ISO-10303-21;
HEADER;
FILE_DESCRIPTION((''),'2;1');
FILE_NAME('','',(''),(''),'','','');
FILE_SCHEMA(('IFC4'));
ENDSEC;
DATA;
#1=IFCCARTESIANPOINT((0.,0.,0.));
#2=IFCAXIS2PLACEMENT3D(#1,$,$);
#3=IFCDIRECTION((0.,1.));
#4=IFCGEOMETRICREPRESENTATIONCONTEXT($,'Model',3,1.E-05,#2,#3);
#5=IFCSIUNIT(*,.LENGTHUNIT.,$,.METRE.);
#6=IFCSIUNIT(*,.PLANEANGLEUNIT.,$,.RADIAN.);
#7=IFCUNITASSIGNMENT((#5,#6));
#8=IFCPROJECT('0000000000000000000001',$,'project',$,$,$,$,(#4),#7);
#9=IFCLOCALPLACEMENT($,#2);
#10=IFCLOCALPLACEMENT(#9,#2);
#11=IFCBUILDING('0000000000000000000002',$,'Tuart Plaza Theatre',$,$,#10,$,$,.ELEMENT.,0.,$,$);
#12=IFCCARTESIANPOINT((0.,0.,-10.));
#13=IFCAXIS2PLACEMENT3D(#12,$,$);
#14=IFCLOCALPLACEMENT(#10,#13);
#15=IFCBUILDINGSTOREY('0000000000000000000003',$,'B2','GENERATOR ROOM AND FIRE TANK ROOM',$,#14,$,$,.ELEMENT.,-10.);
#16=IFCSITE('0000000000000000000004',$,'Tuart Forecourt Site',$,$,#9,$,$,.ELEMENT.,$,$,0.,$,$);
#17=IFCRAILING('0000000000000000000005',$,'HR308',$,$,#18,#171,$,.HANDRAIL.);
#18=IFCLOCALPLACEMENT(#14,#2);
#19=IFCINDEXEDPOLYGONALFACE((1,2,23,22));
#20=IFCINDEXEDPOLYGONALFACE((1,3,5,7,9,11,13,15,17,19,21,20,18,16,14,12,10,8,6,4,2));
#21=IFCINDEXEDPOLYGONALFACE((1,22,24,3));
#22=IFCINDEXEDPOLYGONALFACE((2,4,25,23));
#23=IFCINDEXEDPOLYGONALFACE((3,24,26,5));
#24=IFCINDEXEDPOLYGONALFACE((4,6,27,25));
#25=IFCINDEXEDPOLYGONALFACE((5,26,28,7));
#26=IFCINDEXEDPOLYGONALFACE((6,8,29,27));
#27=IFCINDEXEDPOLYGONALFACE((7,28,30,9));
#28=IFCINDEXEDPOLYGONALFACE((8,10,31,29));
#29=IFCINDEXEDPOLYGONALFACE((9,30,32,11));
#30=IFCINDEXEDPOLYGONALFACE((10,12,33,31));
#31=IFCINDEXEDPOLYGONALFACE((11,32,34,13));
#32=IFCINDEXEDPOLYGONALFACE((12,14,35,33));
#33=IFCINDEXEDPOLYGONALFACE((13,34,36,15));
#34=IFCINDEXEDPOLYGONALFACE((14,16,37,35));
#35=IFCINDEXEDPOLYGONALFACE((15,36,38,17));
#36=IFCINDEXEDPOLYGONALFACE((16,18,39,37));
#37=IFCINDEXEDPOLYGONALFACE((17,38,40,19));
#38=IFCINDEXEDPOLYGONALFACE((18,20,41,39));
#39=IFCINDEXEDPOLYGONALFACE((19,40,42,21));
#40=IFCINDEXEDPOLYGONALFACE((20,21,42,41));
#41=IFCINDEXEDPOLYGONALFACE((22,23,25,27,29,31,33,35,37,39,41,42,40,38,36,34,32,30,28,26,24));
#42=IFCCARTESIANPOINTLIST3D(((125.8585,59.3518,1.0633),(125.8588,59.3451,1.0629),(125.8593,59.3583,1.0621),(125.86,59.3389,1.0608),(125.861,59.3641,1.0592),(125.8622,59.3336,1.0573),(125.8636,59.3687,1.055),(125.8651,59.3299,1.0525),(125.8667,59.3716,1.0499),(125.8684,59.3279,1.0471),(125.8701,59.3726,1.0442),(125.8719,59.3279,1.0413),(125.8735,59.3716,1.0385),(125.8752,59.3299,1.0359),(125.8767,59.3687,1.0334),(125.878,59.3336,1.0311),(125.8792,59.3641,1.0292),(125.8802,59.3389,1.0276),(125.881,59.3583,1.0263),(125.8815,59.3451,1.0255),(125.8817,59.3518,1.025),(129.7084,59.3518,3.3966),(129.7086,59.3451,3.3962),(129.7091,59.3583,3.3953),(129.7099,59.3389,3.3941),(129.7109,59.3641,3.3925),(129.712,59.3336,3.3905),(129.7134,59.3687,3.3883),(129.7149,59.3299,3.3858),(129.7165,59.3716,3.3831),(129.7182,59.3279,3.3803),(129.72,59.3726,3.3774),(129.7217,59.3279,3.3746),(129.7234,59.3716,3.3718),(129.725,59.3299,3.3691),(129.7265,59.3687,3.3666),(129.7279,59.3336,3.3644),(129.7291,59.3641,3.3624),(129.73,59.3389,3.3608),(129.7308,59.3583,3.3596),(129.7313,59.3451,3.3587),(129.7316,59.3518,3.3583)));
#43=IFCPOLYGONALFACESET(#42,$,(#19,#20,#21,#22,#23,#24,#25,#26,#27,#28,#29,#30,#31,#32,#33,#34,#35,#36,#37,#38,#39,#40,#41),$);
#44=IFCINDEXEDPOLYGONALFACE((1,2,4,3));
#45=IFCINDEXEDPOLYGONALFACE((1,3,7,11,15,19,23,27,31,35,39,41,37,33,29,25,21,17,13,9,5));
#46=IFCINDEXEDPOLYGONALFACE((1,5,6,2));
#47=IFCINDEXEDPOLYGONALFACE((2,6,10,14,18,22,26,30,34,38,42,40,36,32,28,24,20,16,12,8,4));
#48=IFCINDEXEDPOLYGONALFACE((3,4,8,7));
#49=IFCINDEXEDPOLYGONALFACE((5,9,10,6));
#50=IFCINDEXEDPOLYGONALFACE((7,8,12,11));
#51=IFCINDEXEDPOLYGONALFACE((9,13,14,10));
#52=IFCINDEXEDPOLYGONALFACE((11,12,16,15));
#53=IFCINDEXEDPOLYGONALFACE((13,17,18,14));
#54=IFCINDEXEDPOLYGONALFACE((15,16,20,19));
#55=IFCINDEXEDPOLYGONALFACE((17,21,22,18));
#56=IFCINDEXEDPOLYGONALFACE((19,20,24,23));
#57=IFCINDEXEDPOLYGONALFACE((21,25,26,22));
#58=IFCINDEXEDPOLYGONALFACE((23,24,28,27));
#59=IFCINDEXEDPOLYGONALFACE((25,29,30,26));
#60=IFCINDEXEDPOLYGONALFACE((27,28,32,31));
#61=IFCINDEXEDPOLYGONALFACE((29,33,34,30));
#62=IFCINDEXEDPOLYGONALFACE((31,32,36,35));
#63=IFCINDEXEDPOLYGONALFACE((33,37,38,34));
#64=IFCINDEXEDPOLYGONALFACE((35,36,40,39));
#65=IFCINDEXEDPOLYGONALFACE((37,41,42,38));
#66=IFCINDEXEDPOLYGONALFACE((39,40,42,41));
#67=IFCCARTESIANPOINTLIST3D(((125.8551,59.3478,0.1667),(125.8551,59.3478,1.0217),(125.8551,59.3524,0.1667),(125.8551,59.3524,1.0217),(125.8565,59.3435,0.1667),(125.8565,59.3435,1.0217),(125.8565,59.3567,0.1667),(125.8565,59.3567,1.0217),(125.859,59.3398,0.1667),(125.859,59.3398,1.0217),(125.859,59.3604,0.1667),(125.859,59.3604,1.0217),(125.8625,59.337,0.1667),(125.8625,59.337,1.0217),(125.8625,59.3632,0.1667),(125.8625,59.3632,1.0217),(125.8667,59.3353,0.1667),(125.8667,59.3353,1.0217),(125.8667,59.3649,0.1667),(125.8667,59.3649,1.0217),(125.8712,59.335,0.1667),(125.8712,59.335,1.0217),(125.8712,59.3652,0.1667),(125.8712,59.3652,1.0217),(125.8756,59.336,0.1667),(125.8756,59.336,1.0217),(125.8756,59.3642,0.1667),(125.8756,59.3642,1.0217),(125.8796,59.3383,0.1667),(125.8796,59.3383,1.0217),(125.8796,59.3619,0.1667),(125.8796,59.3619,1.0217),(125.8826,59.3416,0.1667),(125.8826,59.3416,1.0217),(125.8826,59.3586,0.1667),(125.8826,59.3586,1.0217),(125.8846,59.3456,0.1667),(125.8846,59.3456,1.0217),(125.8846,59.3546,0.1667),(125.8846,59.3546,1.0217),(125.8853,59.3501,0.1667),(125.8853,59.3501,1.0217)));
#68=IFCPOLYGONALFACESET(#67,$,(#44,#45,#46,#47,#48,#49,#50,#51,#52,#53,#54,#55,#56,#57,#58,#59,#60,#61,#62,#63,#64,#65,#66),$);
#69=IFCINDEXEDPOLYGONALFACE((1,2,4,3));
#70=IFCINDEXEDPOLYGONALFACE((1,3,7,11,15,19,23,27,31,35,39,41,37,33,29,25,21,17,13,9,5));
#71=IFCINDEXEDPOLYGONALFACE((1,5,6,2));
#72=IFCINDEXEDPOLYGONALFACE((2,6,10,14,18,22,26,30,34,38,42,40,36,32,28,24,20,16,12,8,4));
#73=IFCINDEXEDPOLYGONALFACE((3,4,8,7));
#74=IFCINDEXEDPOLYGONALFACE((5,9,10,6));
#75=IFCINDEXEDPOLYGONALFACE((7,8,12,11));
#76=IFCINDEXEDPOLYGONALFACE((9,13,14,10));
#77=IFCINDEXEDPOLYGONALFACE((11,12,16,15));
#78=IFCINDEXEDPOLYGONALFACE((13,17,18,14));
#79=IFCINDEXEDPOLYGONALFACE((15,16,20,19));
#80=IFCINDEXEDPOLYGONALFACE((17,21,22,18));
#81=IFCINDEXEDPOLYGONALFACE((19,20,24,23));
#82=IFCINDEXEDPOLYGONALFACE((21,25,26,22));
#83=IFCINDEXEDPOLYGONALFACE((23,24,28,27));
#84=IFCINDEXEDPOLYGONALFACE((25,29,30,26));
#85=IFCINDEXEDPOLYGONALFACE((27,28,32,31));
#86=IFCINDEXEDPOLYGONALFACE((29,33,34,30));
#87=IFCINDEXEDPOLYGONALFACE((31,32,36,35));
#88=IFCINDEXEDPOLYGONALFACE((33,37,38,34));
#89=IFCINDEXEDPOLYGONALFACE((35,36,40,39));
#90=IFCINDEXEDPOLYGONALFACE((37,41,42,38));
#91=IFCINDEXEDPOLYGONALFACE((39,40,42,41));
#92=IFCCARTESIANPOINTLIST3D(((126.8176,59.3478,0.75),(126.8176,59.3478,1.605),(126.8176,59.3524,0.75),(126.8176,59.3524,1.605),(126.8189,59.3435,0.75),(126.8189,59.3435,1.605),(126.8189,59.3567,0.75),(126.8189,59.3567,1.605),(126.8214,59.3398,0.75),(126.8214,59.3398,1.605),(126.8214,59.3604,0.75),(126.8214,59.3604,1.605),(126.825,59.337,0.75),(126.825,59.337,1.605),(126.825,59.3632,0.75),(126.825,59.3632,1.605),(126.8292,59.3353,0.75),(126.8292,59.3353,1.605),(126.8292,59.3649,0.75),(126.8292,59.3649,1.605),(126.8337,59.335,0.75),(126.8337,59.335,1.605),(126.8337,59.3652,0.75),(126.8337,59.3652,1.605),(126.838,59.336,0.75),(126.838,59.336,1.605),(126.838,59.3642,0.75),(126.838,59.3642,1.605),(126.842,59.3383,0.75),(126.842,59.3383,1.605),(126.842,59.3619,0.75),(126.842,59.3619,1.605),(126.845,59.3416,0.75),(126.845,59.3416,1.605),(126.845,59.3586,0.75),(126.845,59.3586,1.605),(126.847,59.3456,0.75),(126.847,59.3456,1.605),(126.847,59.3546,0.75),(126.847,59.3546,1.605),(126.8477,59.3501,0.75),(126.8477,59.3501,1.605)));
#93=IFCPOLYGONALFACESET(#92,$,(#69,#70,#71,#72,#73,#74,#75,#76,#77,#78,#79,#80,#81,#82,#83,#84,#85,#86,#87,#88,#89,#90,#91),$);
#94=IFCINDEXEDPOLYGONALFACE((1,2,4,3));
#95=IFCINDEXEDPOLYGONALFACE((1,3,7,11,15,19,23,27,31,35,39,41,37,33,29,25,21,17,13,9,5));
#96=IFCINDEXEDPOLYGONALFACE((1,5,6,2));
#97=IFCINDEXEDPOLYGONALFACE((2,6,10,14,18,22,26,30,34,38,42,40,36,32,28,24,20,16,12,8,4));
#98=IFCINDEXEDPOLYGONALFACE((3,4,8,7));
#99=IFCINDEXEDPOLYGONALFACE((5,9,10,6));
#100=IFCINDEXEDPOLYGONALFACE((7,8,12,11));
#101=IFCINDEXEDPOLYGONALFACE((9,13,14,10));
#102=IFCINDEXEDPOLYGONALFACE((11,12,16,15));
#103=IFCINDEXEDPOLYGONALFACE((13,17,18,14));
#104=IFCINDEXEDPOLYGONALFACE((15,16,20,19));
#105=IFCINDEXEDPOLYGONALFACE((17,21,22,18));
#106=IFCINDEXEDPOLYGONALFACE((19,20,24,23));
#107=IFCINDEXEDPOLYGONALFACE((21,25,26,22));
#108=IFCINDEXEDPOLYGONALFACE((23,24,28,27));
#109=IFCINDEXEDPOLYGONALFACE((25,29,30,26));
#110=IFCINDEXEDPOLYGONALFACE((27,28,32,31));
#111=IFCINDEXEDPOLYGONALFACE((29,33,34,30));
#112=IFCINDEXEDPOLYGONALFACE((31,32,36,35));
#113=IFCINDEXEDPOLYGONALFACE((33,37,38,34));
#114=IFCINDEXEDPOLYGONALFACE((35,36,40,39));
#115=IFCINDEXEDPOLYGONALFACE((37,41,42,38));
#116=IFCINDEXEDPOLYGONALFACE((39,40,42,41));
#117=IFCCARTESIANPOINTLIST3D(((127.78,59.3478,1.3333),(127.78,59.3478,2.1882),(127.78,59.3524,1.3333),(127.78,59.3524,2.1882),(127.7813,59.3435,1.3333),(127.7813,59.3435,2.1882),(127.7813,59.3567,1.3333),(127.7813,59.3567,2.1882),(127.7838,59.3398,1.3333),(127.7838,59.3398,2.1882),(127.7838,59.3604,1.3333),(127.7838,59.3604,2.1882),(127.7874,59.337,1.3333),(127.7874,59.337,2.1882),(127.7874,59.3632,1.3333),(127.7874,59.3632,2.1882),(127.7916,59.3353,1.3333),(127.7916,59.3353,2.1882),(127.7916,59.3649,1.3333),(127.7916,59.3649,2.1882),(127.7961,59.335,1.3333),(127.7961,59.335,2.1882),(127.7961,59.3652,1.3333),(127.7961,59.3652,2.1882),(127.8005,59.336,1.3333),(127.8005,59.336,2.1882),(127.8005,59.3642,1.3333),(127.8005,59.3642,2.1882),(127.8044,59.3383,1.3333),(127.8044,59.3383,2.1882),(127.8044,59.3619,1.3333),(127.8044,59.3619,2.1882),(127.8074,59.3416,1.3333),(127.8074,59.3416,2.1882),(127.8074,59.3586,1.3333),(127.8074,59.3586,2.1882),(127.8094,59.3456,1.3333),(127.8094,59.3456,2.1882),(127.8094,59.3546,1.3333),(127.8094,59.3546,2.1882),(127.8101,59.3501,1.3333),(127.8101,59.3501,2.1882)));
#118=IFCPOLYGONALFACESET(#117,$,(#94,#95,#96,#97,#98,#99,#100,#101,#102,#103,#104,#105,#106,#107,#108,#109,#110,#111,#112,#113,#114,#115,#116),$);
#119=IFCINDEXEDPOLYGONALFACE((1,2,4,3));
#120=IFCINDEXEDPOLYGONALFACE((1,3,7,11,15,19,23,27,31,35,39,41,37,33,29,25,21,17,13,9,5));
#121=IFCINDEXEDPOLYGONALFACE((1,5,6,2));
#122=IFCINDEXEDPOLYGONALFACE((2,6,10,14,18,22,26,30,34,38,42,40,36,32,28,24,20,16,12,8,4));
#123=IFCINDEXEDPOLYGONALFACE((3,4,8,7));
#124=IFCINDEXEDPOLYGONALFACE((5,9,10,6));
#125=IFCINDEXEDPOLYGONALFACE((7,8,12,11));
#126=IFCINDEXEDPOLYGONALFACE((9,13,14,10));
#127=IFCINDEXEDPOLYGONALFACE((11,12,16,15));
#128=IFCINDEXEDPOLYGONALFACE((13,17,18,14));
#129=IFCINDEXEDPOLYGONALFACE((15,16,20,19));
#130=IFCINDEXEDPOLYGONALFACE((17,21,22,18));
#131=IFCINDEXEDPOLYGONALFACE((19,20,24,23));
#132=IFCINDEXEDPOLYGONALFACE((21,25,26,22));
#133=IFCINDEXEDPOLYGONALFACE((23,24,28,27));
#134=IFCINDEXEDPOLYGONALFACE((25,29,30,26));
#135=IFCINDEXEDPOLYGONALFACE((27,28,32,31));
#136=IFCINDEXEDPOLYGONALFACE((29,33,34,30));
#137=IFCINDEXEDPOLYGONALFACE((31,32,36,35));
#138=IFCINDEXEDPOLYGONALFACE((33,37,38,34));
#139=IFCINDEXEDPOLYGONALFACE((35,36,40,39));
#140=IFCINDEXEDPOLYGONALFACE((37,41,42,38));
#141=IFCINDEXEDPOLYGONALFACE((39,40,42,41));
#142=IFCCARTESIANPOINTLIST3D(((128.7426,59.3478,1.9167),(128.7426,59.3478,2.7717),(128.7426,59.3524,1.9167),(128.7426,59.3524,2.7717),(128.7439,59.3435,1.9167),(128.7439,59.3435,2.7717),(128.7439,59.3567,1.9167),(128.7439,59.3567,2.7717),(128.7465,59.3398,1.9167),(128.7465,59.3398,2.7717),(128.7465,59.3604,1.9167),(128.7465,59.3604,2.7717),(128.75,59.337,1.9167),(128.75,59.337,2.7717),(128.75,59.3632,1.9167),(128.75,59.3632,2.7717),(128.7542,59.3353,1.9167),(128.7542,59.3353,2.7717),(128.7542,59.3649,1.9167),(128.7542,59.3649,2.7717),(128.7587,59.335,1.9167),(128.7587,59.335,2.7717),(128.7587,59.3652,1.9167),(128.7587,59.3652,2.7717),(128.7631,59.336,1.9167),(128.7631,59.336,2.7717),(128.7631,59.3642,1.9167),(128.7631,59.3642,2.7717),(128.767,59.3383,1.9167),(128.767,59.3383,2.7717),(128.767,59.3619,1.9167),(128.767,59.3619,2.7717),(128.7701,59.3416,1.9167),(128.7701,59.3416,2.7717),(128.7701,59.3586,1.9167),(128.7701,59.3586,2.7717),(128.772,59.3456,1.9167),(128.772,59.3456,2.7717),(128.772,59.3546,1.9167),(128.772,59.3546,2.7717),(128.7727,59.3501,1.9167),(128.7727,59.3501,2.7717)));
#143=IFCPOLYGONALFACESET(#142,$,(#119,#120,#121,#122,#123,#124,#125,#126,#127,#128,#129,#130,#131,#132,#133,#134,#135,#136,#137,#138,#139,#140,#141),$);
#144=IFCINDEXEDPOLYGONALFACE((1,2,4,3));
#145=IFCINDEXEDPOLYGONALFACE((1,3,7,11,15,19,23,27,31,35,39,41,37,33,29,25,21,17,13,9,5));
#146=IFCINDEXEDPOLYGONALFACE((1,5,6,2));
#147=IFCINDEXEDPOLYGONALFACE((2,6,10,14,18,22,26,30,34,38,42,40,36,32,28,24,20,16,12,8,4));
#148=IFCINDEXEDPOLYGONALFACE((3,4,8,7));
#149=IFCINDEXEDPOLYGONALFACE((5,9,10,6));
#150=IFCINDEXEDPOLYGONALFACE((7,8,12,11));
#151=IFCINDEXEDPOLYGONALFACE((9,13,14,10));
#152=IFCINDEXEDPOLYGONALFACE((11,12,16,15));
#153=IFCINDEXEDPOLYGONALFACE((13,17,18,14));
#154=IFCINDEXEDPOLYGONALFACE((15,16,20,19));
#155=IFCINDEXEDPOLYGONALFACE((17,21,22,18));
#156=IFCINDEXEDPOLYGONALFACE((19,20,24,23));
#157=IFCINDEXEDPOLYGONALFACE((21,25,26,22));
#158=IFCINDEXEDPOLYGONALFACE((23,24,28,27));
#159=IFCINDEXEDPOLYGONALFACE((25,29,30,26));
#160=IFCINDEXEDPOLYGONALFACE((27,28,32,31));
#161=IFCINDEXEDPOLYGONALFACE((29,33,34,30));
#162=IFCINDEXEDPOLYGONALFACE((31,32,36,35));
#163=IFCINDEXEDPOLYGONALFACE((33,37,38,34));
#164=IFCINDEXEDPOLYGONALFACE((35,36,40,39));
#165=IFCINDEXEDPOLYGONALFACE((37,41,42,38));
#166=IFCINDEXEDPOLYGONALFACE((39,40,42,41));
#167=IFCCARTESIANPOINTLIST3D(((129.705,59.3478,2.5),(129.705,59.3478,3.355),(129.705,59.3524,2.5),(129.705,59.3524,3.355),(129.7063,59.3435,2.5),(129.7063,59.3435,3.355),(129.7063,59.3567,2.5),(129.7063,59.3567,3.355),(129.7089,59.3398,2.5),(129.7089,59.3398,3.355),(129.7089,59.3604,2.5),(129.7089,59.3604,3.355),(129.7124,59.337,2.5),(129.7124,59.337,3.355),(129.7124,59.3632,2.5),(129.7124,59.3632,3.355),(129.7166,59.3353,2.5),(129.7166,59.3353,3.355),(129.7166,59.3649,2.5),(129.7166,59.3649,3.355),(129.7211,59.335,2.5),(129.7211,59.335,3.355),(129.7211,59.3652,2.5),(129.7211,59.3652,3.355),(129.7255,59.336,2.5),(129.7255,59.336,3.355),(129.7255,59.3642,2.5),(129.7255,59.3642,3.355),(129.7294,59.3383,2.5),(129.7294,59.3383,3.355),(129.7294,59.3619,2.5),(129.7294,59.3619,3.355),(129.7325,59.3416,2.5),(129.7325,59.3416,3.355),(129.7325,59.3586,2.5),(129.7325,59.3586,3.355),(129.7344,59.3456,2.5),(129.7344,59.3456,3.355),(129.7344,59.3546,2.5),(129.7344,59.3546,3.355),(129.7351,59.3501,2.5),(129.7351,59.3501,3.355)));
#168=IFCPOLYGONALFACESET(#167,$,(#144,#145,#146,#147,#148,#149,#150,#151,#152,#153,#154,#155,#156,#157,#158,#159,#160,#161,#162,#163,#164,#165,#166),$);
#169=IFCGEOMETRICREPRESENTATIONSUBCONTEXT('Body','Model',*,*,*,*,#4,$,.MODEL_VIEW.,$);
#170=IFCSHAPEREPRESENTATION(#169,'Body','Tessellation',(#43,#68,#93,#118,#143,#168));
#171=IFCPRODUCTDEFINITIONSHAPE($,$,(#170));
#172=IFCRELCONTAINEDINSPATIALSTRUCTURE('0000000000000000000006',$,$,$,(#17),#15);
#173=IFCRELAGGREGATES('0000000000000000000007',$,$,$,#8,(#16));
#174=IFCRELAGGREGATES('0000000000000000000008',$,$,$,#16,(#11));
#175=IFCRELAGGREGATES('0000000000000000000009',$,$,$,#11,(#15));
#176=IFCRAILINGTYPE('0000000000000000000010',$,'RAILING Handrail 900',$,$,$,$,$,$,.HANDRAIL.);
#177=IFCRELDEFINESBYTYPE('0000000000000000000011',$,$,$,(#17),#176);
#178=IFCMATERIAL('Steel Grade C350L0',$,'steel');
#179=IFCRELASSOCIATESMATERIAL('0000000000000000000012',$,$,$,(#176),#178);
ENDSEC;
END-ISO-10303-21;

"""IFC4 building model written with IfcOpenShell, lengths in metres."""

from ifc_helpers import new_model, si_unit, direction, frame, origin, origin_2d, place, context, subcontext, project, spatial, circle, extrude, material, type_object, element, save


model = new_model("IFC4")

# Units and contexts
model_context = context("Model", 3, precision=1e-05, world=origin(), true_north=direction((0.0, 1.0)))
body_context = subcontext(model_context, "Body", "Model", "MODEL_VIEW")
ifc_project = project(units=[si_unit("LENGTHUNIT", "METRE"), si_unit("PLANEANGLEUNIT", "RADIAN")], contexts=[model_context])

# Site, building, storey
site_placement = place(None, origin())
site = spatial("IfcSite", under=ifc_project, at=site_placement, Name="Tuart Forecourt Site", CompositionType="ELEMENT", RefElevation=0.0)
building_placement = place(site_placement, origin())
building = spatial("IfcBuilding", under=site, at=building_placement, Name="Tuart Plaza Theatre", CompositionType="ELEMENT", ElevationOfRefHeight=0.0)
storey_placement = place(building_placement, frame((0.0, 0.0, -10.0)))
storey = spatial("IfcBuildingStorey", under=building, at=storey_placement, Name="B2", Description="GENERATOR ROOM AND FIRE TANK ROOM", CompositionType="ELEMENT", Elevation=-10.0)

# Railing
ifc_material_1 = material(Name="Steel Grade C350L0", Category="steel")
railing_type_1 = type_object("IfcRailingType", Name="RAILING Handrail 900", PredefinedType="HANDRAIL", material=ifc_material_1)
for number, where, name in (
    (1, (125.8701, 59.3501, 0.1667), "HR308"),
):
    element("IfcRailing", number, at=place(storey_placement, frame(where)), inside=storey, type_object=railing_type_1, Name=name, PredefinedType="HANDRAIL", context=body_context, shape_type="SweptSolid", body=[
        extrude(circle(Radius=0.0225, at=origin_2d()), frame((0.0, 0.0, 0.8774), z_axis=(0.855197, 0.0, 0.518303), x_axis=(0.0, 1.0, 0.0)), (0.0, 0.0, 1.0), 4.5017),
        extrude(circle(Radius=0.0151, at=origin_2d()), origin(), (0.0, 0.0, 1.0), 0.855),
        extrude(circle(Radius=0.0151, at=origin_2d()), frame((0.9624, 0.0, 0.5833)), (0.0, 0.0, 1.0), 0.855),
        extrude(circle(Radius=0.0151, at=origin_2d()), frame((1.9248, 0.0, 1.1665)), (0.0, 0.0, 1.0), 0.855),
        extrude(circle(Radius=0.0151, at=origin_2d()), frame((2.8875, 0.0, 1.75)), (0.0, 0.0, 1.0), 0.855),
        extrude(circle(Radius=0.0151, at=origin_2d()), frame((3.8499, 0.0, 2.3333)), (0.0, 0.0, 1.0), 0.855),
    ])

save(model, "model.ifc")
